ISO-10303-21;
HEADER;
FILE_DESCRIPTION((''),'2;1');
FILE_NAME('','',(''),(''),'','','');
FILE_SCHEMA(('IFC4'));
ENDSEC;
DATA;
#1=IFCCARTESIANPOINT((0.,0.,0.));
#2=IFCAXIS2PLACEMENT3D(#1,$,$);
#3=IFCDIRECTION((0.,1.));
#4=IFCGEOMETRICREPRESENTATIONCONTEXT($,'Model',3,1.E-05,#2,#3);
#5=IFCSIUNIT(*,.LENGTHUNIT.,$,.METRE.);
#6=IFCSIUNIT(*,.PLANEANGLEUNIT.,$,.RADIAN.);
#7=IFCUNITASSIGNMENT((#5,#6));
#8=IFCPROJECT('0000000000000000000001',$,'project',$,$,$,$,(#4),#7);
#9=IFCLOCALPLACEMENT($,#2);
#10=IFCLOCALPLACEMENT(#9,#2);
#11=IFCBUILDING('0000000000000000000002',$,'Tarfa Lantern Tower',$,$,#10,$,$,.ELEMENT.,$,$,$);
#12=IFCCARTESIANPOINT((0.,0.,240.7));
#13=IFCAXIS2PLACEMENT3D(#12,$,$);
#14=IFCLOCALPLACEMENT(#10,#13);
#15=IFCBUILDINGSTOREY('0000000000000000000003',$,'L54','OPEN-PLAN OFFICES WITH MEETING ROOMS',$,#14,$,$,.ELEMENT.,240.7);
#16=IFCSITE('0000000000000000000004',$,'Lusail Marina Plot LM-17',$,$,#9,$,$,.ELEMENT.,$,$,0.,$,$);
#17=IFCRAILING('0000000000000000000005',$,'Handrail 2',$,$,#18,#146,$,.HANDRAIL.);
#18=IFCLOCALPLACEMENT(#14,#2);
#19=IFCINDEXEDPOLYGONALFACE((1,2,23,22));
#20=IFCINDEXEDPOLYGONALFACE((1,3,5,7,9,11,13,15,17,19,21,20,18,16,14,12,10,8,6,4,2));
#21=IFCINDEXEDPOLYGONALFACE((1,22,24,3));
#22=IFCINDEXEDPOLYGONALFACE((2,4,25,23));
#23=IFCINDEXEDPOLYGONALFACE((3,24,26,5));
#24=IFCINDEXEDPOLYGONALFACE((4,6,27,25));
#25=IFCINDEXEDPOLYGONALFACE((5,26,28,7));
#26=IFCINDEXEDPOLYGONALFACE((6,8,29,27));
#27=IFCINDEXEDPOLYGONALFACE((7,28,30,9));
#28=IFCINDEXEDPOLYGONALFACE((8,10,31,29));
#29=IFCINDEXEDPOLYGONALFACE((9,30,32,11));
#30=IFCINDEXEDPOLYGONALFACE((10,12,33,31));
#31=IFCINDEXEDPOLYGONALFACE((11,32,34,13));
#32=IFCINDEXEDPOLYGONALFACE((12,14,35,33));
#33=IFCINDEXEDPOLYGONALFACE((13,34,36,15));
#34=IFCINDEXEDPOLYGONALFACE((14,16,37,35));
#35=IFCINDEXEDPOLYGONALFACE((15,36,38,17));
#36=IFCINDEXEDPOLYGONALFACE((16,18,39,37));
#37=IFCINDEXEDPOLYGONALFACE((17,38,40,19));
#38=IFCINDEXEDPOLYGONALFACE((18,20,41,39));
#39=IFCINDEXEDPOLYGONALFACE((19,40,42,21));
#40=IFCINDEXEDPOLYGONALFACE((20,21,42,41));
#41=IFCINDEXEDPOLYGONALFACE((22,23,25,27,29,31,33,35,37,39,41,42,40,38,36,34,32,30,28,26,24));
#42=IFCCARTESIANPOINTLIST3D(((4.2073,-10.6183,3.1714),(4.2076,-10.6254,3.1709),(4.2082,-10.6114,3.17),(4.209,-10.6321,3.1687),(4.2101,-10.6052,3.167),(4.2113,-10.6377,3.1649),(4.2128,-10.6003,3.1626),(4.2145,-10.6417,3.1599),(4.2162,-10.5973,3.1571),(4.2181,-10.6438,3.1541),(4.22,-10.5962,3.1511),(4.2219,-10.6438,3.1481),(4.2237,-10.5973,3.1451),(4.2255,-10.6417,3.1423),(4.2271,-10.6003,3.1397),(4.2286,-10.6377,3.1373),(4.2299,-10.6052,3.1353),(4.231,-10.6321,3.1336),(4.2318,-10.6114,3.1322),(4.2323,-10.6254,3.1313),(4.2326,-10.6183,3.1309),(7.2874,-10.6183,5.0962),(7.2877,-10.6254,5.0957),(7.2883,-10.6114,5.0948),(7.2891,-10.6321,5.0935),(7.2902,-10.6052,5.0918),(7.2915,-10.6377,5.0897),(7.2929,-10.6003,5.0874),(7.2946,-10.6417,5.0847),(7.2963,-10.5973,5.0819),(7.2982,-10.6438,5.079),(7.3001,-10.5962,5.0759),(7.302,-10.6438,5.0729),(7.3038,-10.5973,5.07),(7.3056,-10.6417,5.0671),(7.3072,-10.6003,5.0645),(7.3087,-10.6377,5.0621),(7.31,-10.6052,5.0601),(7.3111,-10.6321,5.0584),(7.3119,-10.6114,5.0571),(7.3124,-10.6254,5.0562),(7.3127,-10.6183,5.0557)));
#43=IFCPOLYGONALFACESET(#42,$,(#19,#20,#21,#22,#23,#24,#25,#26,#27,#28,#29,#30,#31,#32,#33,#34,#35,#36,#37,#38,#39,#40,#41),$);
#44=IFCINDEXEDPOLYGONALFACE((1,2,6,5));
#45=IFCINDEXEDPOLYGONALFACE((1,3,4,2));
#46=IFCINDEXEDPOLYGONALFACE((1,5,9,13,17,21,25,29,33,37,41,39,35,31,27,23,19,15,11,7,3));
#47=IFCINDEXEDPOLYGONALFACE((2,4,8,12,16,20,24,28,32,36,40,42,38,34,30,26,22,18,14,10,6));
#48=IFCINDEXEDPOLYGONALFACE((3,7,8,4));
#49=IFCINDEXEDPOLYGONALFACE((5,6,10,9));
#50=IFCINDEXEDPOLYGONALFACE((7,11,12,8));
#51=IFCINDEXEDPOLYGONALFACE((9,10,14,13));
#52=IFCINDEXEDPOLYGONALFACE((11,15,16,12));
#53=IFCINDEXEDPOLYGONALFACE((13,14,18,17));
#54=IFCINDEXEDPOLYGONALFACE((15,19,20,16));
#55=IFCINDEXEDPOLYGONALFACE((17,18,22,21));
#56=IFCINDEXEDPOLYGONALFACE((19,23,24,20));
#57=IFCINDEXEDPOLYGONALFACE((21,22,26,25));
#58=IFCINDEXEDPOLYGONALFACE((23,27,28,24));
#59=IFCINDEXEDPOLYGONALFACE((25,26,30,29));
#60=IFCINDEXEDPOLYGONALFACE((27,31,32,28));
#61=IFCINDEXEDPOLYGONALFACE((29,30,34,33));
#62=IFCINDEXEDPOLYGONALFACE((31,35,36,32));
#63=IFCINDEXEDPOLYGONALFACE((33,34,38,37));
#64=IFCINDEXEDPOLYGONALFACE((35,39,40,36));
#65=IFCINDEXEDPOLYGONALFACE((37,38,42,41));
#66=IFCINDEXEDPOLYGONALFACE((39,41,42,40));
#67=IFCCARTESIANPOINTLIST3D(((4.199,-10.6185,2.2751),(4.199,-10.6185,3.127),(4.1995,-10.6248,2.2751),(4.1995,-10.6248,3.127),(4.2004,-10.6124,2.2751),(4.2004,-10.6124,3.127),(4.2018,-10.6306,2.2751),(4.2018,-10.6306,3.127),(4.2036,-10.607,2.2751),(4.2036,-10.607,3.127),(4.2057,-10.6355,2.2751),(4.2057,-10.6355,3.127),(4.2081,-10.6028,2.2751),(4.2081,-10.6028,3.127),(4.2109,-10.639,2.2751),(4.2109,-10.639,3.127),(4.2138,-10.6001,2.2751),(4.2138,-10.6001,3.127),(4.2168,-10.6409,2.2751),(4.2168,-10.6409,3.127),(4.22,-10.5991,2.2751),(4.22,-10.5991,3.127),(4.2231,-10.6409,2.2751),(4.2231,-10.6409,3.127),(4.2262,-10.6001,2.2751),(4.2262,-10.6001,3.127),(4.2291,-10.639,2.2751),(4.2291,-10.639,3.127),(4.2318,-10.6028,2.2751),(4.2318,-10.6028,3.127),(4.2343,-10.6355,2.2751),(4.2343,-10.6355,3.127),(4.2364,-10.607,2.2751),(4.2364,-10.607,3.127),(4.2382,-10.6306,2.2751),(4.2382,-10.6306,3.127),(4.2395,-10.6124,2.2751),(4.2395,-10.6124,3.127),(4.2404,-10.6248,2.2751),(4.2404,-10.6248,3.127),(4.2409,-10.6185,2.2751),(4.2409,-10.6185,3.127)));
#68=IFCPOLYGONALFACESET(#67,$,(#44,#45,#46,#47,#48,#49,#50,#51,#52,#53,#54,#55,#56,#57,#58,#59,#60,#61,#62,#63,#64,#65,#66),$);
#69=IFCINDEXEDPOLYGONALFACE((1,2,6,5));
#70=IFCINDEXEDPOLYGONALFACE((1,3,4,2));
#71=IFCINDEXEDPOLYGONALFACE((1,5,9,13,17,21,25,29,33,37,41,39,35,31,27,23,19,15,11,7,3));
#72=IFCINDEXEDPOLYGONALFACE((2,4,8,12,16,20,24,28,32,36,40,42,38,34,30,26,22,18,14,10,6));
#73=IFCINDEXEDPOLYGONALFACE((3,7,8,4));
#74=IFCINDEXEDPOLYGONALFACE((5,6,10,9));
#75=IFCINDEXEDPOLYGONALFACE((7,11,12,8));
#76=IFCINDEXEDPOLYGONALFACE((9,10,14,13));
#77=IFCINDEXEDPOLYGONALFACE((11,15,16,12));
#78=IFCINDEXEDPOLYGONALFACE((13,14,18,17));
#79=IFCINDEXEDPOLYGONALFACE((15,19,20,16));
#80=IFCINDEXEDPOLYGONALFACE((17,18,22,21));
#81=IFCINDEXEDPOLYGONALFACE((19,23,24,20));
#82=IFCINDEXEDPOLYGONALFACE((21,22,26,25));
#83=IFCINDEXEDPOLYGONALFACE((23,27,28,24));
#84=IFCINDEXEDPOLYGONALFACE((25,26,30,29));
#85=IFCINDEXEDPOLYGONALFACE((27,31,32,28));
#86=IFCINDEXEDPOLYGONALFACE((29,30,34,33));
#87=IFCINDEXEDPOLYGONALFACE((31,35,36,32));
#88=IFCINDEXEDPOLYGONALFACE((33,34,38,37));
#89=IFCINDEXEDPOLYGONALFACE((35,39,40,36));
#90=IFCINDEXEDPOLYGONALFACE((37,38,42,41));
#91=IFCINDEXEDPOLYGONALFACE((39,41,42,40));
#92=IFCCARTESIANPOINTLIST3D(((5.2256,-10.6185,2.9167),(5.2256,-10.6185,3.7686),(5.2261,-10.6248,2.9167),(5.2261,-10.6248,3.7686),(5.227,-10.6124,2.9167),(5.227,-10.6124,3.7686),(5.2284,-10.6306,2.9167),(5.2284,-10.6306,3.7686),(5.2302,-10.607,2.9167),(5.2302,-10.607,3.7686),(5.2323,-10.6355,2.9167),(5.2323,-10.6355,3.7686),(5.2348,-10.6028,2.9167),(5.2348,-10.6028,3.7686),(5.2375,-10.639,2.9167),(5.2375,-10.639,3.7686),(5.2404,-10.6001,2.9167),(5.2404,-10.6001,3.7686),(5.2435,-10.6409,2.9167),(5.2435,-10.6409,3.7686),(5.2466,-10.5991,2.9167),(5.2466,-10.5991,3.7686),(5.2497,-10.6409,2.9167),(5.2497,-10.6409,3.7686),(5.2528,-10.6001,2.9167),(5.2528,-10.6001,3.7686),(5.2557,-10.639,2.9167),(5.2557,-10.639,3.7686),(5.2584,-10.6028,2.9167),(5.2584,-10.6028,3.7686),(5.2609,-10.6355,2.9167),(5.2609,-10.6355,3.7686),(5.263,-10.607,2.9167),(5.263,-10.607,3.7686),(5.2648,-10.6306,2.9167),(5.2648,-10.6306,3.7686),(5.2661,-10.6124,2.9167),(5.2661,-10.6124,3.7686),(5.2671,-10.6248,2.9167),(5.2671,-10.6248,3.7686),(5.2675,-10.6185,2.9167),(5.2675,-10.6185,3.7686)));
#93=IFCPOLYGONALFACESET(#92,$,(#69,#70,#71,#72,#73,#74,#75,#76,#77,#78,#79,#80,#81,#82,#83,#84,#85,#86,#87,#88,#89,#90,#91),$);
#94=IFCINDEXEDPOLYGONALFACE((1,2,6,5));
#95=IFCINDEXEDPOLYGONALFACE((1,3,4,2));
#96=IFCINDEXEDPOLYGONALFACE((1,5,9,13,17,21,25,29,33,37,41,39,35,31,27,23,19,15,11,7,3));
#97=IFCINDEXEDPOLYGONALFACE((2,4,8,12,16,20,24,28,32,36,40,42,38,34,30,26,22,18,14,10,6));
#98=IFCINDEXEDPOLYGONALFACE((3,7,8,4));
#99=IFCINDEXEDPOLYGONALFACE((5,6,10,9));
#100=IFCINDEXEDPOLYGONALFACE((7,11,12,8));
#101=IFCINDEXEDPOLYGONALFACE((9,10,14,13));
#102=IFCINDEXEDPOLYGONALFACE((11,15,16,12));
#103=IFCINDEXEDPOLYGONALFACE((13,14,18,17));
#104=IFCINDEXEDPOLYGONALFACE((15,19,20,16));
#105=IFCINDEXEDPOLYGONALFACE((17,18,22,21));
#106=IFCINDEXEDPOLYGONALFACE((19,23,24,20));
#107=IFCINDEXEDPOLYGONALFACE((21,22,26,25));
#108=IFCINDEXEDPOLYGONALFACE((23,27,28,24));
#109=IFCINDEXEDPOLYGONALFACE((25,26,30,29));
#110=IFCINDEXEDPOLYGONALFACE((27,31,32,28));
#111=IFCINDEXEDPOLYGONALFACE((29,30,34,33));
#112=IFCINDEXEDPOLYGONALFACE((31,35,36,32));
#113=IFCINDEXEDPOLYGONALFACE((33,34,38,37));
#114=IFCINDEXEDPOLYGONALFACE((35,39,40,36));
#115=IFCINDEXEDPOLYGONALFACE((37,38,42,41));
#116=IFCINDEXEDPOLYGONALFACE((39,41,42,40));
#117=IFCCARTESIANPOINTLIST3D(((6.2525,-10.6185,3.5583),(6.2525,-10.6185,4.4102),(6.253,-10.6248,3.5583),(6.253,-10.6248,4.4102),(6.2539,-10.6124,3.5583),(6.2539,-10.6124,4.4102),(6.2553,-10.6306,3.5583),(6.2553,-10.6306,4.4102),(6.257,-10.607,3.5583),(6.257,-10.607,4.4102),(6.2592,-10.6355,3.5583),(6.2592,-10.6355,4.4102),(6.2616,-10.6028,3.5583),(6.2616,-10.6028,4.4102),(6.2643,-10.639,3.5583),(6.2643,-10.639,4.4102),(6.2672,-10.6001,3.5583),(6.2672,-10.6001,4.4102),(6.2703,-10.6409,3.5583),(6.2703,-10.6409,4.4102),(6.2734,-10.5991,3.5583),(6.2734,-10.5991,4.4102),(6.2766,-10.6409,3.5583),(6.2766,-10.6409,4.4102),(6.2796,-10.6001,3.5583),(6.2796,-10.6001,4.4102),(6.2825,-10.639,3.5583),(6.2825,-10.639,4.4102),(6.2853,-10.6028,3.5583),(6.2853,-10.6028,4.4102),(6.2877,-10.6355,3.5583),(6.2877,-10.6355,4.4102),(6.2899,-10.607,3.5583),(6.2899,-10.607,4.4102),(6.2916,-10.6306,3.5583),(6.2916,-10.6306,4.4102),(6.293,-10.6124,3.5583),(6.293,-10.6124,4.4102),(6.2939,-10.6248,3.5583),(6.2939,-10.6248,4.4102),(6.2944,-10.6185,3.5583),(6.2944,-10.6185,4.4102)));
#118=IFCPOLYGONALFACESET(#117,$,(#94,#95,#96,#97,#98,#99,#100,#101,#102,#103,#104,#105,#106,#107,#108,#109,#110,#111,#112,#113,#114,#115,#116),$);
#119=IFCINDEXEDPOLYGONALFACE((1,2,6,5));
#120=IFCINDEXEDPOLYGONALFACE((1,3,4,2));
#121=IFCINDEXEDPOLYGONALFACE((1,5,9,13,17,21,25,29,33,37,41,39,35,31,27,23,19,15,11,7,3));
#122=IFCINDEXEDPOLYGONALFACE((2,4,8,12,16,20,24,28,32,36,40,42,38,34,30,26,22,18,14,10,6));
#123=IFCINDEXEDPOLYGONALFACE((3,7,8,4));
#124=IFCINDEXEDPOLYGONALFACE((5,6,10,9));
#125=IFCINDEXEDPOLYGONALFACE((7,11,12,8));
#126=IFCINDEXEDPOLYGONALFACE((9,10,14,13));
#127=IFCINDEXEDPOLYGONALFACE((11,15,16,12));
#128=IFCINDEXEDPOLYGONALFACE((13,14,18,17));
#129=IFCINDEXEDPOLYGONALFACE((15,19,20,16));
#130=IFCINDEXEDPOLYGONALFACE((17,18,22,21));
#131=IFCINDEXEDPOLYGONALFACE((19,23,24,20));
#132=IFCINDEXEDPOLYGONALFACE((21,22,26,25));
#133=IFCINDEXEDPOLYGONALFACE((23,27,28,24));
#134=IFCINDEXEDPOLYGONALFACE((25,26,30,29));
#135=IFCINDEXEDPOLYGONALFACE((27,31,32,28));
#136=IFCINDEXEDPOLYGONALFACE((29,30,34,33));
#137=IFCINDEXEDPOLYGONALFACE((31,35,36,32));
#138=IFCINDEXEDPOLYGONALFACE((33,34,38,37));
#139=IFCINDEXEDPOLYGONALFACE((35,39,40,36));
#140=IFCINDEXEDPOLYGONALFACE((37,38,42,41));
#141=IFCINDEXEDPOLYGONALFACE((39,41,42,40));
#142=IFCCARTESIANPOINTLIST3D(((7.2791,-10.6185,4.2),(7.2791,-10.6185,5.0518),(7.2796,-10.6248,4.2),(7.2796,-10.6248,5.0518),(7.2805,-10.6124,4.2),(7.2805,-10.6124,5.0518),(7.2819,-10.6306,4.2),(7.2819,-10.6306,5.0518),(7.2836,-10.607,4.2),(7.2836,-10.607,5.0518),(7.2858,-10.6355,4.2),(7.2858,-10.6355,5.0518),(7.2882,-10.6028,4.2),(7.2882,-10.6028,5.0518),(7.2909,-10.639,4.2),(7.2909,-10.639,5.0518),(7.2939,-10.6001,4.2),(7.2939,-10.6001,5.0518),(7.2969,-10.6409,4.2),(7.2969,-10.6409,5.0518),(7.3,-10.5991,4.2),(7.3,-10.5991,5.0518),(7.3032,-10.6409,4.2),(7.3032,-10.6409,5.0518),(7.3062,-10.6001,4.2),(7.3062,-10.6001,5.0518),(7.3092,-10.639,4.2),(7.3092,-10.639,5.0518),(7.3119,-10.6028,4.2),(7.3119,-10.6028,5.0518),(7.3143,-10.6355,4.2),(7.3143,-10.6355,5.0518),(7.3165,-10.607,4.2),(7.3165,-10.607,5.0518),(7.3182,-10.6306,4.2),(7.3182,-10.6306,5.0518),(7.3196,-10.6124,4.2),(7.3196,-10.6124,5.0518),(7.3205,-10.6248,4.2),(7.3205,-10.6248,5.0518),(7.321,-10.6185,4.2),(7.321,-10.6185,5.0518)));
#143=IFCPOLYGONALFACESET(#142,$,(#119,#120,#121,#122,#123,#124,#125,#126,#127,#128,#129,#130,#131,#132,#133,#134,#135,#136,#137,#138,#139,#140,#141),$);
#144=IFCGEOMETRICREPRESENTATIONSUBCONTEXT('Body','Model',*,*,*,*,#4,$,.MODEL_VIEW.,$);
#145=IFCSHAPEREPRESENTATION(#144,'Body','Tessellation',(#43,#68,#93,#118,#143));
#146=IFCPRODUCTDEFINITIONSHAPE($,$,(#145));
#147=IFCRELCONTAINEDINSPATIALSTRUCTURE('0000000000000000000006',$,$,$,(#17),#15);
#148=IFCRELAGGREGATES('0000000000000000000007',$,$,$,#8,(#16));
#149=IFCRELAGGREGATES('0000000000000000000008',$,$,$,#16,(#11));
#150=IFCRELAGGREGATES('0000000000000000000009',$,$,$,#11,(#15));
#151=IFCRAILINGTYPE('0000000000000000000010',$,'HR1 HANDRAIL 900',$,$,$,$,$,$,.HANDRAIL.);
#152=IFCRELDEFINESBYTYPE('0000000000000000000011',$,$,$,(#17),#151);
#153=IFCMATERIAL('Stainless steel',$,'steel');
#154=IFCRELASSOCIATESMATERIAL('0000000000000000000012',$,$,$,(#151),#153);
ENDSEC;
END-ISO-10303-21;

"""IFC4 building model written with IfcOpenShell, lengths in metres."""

from ifc_helpers import new_model, si_unit, direction, frame, origin, origin_2d, place, context, subcontext, project, spatial, circle, extrude, material, type_object, element, save


model = new_model("IFC4")

# Units and contexts
model_context = context("Model", 3, precision=1e-05, world=origin(), true_north=direction((0.0, 1.0)))
body_context = subcontext(model_context, "Body", "Model", "MODEL_VIEW")
ifc_project = project(units=[si_unit("LENGTHUNIT", "METRE"), si_unit("PLANEANGLEUNIT", "RADIAN")], contexts=[model_context])

# Site, building, storey
site_placement = place(None, origin())
site = spatial("IfcSite", under=ifc_project, at=site_placement, Name="Lusail Marina Plot LM-17", CompositionType="ELEMENT", RefElevation=0.0)
building_placement = place(site_placement, origin())
building = spatial("IfcBuilding", under=site, at=building_placement, Name="Tarfa Lantern Tower", CompositionType="ELEMENT")
storey_placement = place(building_placement, frame((0.0, 0.0, 240.7)))
storey = spatial("IfcBuildingStorey", under=building, at=storey_placement, Name="L54", Description="OPEN-PLAN OFFICES WITH MEETING ROOMS", CompositionType="ELEMENT", Elevation=240.7)

# Railing
ifc_material_1 = material(Name="Stainless steel", Category="steel")
railing_type = type_object("IfcRailingType", Name="HR1 HANDRAIL 900", PredefinedType="HANDRAIL", material=ifc_material_1)
railing_1_placement = place(storey_placement, frame((4.22, -10.6201, 2.2751)))
element("IfcRailing", 1, at=railing_1_placement, inside=storey, type_object=railing_type, Name="Handrail 2", PredefinedType="HANDRAIL", context=body_context, shape_type="SweptSolid", body=[
    extrude(circle(Radius=0.0239, at=origin_2d()), frame((0.0, 0.0, 0.876), z_axis=(0.848029, 0.0, 0.529951), x_axis=(0.0, 1.0, 0.0)), (0.0, 0.0, 1.0), 3.6321),
    extrude(circle(Radius=0.021, at=origin_2d()), frame((0.0, 0.0, 0.0), z_axis=(0.0, 0.0, 1.0), x_axis=(0.0, 1.0, 0.0)), (0.0, 0.0, 1.0), 0.8518),
    extrude(circle(Radius=0.021, at=origin_2d()), frame((1.0266, 0.0, 0.6416), z_axis=(0.0, 0.0, 1.0), x_axis=(0.0, 1.0, 0.0)), (0.0, 0.0, 1.0), 0.8518),
    extrude(circle(Radius=0.021, at=origin_2d()), frame((2.0535, 0.0, 1.2832), z_axis=(0.0, 0.0, 1.0), x_axis=(0.0, 1.0, 0.0)), (0.0, 0.0, 1.0), 0.8518),
    extrude(circle(Radius=0.021, at=origin_2d()), frame((3.0801, 0.0, 1.9248), z_axis=(0.0, 0.0, 1.0), x_axis=(0.0, 1.0, 0.0)), (0.0, 0.0, 1.0), 0.8518),
])

save(model, "model.ifc")
